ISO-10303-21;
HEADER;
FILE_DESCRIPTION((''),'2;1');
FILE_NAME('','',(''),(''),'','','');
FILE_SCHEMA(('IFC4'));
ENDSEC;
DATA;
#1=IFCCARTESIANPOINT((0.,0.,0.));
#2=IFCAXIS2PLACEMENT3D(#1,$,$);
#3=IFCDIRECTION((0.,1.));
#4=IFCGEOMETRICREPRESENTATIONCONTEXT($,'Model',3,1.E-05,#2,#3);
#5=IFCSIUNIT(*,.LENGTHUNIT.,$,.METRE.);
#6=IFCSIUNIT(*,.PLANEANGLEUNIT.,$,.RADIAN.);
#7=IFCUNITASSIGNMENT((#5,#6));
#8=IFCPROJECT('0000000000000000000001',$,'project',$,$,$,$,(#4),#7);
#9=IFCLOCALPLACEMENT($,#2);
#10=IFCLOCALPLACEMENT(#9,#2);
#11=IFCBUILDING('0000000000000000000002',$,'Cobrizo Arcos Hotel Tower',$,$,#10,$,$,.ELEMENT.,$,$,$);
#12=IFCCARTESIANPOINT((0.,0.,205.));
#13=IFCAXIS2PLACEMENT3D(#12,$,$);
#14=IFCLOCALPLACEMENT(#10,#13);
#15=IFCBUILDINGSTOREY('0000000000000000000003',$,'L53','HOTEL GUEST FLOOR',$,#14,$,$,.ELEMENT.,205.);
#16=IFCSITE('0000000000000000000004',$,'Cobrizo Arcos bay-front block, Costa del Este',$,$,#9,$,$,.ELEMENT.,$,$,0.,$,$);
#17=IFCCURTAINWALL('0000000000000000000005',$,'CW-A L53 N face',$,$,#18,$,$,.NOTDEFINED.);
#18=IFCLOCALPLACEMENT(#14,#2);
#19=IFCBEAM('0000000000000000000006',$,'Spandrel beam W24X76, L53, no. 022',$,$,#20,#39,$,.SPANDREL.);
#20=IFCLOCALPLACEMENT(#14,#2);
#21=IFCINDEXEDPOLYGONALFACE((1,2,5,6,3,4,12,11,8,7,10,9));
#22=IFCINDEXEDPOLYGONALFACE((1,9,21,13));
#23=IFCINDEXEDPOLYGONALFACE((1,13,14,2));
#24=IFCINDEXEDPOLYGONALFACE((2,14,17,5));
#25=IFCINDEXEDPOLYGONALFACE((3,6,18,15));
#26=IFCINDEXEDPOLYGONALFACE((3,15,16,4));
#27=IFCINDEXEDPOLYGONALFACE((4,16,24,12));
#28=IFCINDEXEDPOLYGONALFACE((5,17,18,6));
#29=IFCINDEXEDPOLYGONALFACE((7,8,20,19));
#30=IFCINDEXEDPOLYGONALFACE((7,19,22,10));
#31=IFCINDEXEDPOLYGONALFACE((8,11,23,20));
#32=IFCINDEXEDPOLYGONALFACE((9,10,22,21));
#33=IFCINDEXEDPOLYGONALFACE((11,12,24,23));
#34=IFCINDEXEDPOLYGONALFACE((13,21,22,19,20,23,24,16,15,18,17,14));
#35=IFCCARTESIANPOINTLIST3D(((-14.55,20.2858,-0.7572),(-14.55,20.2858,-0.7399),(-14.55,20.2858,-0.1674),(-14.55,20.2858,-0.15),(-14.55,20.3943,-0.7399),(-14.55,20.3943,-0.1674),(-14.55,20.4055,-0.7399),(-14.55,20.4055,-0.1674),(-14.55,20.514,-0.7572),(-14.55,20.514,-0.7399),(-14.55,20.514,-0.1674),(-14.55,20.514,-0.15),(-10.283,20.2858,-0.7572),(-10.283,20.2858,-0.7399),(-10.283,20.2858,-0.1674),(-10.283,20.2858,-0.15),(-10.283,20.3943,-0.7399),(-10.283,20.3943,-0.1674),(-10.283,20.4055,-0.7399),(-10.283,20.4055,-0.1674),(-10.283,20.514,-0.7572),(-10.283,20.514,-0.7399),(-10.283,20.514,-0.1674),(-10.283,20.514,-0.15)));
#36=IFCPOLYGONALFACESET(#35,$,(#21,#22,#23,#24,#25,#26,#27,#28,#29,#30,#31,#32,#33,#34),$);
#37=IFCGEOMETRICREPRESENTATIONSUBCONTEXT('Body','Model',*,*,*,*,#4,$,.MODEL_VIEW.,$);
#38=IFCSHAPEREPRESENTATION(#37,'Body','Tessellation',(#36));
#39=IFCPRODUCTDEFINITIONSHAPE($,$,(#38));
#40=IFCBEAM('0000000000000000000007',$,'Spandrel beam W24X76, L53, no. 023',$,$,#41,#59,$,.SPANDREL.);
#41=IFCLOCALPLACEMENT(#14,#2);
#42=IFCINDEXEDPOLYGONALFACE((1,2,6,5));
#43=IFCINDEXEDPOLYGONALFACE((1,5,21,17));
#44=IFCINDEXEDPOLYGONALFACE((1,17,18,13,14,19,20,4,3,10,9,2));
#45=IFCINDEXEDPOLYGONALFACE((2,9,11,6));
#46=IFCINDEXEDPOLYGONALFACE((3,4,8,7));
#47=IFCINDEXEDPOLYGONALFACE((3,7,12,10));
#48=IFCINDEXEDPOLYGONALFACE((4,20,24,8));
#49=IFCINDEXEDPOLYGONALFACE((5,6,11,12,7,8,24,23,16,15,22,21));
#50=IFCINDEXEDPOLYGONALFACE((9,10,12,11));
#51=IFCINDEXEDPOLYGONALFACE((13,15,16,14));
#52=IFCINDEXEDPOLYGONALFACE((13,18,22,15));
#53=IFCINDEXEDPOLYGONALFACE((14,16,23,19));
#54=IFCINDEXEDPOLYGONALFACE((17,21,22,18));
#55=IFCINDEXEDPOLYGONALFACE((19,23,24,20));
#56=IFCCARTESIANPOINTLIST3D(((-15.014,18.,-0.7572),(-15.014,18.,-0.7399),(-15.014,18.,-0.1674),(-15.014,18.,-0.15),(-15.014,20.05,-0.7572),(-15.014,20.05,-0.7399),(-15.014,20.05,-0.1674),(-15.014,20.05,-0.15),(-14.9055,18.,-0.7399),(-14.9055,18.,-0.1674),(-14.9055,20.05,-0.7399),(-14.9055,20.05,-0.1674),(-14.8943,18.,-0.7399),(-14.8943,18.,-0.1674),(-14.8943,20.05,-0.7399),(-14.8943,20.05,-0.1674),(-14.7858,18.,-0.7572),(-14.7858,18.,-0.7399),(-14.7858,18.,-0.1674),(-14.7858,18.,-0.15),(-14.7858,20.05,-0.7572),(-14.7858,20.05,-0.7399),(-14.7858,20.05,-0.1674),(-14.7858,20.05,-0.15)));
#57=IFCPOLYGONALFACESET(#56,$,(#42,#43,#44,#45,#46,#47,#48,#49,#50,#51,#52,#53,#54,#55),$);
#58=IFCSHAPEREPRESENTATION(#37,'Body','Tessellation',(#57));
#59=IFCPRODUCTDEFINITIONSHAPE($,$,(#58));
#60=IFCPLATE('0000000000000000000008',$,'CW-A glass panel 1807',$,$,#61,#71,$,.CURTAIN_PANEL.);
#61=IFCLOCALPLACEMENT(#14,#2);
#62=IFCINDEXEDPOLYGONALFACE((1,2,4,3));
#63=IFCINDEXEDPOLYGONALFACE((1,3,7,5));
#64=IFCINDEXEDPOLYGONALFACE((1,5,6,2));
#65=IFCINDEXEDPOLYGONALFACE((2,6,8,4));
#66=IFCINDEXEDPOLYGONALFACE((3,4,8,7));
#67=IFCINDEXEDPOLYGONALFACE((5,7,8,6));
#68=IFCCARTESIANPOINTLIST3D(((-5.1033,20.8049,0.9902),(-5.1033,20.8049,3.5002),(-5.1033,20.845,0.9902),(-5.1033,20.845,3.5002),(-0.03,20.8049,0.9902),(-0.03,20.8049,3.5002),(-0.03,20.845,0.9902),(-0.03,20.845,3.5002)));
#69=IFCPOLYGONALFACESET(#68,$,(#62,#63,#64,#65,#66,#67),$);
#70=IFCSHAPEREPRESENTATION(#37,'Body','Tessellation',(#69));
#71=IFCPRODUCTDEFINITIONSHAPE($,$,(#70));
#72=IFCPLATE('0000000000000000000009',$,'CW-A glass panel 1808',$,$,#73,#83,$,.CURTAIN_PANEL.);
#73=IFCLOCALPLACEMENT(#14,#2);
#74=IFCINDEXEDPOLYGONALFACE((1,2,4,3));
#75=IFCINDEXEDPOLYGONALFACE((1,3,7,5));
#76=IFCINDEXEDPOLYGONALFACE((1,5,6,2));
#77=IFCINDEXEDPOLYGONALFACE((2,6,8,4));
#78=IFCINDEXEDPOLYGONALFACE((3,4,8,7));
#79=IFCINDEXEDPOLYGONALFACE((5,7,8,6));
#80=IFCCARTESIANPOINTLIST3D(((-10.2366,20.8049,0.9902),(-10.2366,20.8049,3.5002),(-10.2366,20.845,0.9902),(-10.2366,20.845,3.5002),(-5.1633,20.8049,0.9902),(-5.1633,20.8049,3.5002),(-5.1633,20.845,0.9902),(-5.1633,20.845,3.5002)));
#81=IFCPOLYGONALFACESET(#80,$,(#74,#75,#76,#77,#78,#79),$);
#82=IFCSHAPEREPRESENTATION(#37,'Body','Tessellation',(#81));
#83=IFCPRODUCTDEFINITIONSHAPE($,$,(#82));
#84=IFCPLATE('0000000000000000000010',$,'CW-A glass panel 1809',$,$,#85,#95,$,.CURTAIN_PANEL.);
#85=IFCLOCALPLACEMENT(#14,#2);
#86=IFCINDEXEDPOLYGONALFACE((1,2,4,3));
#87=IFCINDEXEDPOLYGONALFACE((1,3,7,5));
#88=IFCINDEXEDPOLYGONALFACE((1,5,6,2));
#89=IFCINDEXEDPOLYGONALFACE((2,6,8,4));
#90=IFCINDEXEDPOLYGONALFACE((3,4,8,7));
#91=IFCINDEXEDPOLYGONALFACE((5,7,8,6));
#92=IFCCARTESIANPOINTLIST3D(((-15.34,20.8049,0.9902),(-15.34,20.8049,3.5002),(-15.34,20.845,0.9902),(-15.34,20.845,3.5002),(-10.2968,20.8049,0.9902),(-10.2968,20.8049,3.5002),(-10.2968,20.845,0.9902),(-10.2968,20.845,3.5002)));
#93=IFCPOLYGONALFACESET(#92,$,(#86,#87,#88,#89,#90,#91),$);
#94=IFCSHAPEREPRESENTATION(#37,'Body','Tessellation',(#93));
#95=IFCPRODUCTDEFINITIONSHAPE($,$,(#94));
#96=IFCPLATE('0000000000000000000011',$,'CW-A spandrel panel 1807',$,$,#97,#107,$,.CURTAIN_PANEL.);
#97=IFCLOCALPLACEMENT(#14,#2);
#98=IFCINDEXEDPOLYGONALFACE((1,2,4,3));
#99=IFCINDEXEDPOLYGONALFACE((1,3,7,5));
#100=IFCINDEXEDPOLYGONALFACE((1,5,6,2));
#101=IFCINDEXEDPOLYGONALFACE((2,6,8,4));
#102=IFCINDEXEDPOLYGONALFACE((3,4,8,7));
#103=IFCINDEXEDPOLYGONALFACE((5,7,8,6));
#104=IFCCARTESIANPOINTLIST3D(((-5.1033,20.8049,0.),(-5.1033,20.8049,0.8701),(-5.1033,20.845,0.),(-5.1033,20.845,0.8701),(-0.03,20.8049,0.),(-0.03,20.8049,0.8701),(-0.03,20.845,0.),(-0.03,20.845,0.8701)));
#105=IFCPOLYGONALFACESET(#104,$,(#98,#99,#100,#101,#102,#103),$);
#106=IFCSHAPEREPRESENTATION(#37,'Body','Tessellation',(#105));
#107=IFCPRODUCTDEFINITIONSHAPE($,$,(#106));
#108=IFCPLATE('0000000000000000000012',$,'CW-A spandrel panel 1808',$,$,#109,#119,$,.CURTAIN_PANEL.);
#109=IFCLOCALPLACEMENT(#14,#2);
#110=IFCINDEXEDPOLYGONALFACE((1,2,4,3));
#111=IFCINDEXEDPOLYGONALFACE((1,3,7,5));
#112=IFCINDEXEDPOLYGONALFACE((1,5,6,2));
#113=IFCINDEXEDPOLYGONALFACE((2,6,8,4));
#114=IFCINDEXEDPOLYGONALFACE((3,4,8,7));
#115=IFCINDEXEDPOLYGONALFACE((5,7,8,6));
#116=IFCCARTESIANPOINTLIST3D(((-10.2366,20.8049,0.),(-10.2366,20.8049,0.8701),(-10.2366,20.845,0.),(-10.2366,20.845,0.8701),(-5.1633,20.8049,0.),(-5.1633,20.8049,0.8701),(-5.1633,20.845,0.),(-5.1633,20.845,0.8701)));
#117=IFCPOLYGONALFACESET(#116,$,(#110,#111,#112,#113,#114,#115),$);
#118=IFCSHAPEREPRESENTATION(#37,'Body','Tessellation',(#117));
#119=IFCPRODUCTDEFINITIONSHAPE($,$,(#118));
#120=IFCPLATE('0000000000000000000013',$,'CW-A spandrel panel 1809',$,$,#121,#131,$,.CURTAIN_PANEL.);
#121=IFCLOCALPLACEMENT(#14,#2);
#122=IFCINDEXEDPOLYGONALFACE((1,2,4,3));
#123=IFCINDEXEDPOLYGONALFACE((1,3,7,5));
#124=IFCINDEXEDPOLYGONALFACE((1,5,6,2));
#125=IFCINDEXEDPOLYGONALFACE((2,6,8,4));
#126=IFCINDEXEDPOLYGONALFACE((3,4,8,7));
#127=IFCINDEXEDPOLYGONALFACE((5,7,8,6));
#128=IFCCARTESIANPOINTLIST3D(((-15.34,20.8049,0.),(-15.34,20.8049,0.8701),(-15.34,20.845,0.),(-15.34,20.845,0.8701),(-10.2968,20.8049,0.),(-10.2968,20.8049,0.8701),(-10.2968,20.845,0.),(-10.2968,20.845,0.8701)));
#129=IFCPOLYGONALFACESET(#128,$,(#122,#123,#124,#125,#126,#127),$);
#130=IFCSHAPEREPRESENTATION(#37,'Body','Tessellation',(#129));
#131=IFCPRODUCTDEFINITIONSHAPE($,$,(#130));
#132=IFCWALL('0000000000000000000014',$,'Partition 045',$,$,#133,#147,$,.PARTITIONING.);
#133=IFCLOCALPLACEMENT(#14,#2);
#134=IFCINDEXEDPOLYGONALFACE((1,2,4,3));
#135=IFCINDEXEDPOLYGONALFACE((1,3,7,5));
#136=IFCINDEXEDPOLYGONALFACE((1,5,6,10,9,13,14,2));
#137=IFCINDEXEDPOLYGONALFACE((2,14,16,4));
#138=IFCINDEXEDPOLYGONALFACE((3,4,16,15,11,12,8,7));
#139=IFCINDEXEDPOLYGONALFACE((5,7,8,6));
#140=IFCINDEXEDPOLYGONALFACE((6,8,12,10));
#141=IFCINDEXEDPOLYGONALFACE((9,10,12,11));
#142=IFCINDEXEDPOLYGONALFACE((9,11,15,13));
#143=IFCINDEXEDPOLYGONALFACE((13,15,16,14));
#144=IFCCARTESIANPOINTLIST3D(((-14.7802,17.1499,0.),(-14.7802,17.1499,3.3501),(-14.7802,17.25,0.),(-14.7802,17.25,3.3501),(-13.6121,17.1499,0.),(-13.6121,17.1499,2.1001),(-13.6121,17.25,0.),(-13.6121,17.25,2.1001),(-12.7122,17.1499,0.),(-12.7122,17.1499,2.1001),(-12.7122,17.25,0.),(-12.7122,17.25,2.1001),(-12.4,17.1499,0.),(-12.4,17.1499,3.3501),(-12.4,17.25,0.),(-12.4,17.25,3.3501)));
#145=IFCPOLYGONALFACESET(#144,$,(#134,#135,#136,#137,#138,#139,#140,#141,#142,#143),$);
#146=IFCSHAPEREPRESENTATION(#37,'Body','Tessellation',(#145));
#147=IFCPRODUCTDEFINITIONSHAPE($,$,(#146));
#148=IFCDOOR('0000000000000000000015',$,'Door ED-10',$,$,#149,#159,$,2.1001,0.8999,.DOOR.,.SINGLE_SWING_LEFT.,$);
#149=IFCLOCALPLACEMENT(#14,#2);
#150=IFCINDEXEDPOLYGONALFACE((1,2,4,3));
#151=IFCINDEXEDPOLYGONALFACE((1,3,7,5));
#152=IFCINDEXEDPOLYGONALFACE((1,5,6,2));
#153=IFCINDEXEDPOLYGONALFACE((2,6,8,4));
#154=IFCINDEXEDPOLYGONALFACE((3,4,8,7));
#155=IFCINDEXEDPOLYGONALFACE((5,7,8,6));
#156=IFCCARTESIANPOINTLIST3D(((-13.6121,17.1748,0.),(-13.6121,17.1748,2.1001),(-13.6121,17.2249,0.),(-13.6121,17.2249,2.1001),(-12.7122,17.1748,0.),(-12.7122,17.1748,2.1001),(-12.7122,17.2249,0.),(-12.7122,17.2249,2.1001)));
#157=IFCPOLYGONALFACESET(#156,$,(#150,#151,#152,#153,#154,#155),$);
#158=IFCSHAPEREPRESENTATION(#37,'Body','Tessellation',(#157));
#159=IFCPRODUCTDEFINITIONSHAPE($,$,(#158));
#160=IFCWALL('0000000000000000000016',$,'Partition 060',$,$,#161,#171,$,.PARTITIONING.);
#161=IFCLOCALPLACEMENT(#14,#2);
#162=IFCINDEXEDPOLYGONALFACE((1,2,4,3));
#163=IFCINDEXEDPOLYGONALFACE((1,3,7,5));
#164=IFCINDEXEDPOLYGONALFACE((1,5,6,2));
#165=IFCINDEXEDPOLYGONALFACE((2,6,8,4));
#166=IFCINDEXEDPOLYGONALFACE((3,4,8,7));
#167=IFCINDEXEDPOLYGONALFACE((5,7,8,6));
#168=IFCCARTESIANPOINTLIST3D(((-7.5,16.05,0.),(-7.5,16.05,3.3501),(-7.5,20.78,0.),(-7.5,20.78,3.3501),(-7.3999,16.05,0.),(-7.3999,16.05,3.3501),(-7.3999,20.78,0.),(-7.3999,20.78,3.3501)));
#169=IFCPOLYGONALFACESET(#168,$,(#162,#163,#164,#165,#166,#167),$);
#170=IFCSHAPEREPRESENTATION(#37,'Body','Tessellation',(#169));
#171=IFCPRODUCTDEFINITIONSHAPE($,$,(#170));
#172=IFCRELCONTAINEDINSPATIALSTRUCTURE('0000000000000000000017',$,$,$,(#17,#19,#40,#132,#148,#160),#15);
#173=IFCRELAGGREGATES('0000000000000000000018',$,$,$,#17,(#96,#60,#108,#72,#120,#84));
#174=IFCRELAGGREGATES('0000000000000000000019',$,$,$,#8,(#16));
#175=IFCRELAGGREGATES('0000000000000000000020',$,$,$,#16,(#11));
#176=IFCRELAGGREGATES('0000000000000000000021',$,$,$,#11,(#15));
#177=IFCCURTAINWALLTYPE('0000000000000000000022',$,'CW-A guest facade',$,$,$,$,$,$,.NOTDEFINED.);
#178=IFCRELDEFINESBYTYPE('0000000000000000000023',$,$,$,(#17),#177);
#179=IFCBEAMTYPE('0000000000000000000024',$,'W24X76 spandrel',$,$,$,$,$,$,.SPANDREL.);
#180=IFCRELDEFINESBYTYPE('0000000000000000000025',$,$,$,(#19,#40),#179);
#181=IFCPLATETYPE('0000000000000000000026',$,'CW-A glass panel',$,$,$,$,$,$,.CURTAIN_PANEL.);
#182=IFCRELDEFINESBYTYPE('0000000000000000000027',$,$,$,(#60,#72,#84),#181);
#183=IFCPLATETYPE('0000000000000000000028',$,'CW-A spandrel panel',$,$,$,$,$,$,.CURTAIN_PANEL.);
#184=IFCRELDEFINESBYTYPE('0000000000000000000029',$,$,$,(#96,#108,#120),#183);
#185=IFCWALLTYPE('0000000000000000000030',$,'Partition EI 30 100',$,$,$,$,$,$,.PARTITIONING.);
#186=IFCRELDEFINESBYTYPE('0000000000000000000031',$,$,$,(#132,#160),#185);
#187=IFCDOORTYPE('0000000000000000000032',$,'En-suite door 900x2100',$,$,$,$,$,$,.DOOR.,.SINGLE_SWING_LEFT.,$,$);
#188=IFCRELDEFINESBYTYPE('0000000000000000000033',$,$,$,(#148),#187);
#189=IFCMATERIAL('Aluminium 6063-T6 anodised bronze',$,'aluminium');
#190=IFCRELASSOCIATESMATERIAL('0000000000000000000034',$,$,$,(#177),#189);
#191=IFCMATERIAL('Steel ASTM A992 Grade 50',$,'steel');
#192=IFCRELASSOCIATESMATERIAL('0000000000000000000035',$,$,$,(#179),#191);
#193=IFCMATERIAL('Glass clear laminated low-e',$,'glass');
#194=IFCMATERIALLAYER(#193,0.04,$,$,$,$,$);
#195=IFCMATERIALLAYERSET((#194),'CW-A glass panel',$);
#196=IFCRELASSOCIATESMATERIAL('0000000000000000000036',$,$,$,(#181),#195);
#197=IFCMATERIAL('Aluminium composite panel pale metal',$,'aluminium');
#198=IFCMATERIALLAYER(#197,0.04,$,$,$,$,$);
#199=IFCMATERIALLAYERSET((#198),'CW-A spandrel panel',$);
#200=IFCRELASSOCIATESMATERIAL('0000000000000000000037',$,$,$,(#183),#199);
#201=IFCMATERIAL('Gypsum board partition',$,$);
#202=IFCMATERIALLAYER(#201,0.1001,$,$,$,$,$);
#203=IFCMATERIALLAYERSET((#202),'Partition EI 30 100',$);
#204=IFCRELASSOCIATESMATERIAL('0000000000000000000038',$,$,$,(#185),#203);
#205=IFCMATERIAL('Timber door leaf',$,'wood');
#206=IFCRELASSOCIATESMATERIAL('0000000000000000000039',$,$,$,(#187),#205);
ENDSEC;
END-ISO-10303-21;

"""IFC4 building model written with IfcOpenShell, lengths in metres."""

from ifc_helpers import new_model, si_unit, direction, frame, frame_2d, origin, origin_2d, place, context, subcontext, project, spatial, rectangle, i_section, extrude, material, layer, layer_set, material_profile, profile_set, type_object, element, fill, aggregate, save


model = new_model("IFC4")

# Units and contexts
model_context = context("Model", 3, precision=1e-05, world=origin(), true_north=direction((0.0, 1.0)))
body_context = subcontext(model_context, "Body", "Model", "MODEL_VIEW")
ifc_project = project(units=[si_unit("LENGTHUNIT", "METRE"), si_unit("PLANEANGLEUNIT", "RADIAN")], contexts=[model_context])

# Site, building, storey
site_placement = place(None, origin())
site = spatial("IfcSite", under=ifc_project, at=site_placement, Name="Cobrizo Arcos bay-front block, Costa del Este", CompositionType="ELEMENT", RefElevation=0.0)
building_placement = place(site_placement, origin())
building = spatial("IfcBuilding", under=site, at=building_placement, Name="Cobrizo Arcos Hotel Tower", CompositionType="ELEMENT")
storey_placement = place(building_placement, frame((0.0, 0.0, 205.0)))
storey = spatial("IfcBuildingStorey", under=building, at=storey_placement, Name="L53", Description="HOTEL GUEST FLOOR", CompositionType="ELEMENT", Elevation=205.0)

# Curtain wall
ifc_material_1 = material(Name="Aluminium 6063-T6 anodised bronze", Category="aluminium")
curtain_wall_type = type_object("IfcCurtainWallType", Name="CW-A guest facade", PredefinedType="NOTDEFINED", material=ifc_material_1)
curtain_wall_placement = place(storey_placement, origin())
curtain_wall = element("IfcCurtainWall", 1, at=curtain_wall_placement, inside=storey, type_object=curtain_wall_type, Name="CW-A L53 N face", PredefinedType="NOTDEFINED")

# Beams
ifc_material_2 = material(Name="Steel ASTM A992 Grade 50", Category="steel")
ifc_material_profile_1 = material_profile(ifc_material_2, i_section(OverallWidth=0.2283, OverallDepth=0.6072, WebThickness=0.0112, FlangeThickness=0.0173, at=origin_2d()), Name="W24X76")
ifc_profile_set_1 = profile_set([ifc_material_profile_1], Name="Steel ASTM A992 Grade 50")
beam_type = type_object("IfcBeamType", Name="W24X76 spandrel", PredefinedType="SPANDREL", material=ifc_profile_set_1)
beam_1_placement = place(storey_placement, frame((-10.283, 20.3999, -0.4536), z_axis=(-1.0, 0.0, 0.0), x_axis=(0.0, -1.0, 0.0)))
element("IfcBeam", 2, at=beam_1_placement, inside=storey, type_object=beam_type, Name="Spandrel beam W24X76, L53, no. 022", PredefinedType="SPANDREL", context=body_context, shape_type="SweptSolid", body=[
    extrude(i_section(OverallWidth=0.2283, OverallDepth=0.6072, WebThickness=0.0112, FlangeThickness=0.0173, at=origin_2d()), origin(), (0.0, 0.0, 1.0), 4.2671),
])
beam_2_placement = place(storey_placement, frame((-14.8999, 20.05, -0.4536), z_axis=(0.0, -1.0, 0.0), x_axis=(1.0, 0.0, 0.0)))
element("IfcBeam", 3, at=beam_2_placement, inside=storey, type_object=beam_type, Name="Spandrel beam W24X76, L53, no. 023", PredefinedType="SPANDREL", context=body_context, shape_type="SweptSolid", body=[
    extrude(i_section(OverallWidth=0.2283, OverallDepth=0.6072, WebThickness=0.0112, FlangeThickness=0.0173, at=origin_2d()), origin(), (0.0, 0.0, 1.0), 2.05),
])

# Plates
ifc_material_3 = material(Name="Glass clear laminated low-e", Category="glass")
ifc_layer_1 = layer(ifc_material_3, 0.04)
ifc_layer_set_1 = layer_set([ifc_layer_1], Name="CW-A glass panel")
plate_type_1 = type_object("IfcPlateType", Name="CW-A glass panel", PredefinedType="CURTAIN_PANEL", material=ifc_layer_set_1)
plate_1_placement = place(storey_placement, frame((-2.5667, 20.825, 0.9902), z_axis=(0.0, 0.0, 1.0), x_axis=(-1.0, 0.0, 0.0)))
plate_1 = element("IfcPlate", 4, at=plate_1_placement, type_object=plate_type_1, Name="CW-A glass panel 1807", PredefinedType="CURTAIN_PANEL", context=body_context, shape_type="SweptSolid", body=[
    extrude(rectangle(XDim=5.0732, YDim=0.04, at=origin_2d()), origin(), (0.0, 0.0, 1.0), 2.51),
])
plate_2_placement = place(storey_placement, frame((-7.7, 20.825, 0.9902), z_axis=(0.0, 0.0, 1.0), x_axis=(-1.0, 0.0, 0.0)))
plate_2 = element("IfcPlate", 5, at=plate_2_placement, type_object=plate_type_1, Name="CW-A glass panel 1808", PredefinedType="CURTAIN_PANEL", context=body_context, shape_type="SweptSolid", body=[
    extrude(rectangle(XDim=5.0732, YDim=0.04, at=origin_2d()), origin(), (0.0, 0.0, 1.0), 2.51),
])
plate_3_placement = place(storey_placement, frame((-12.8184, 20.825, 0.9902), z_axis=(0.0, 0.0, 1.0), x_axis=(-1.0, 0.0, 0.0)))
plate_3 = element("IfcPlate", 6, at=plate_3_placement, type_object=plate_type_1, Name="CW-A glass panel 1809", PredefinedType="CURTAIN_PANEL", context=body_context, shape_type="SweptSolid", body=[
    extrude(rectangle(XDim=5.0432, YDim=0.04, at=origin_2d()), origin(), (0.0, 0.0, 1.0), 2.51),
])
ifc_material_4 = material(Name="Aluminium composite panel pale metal", Category="aluminium")
ifc_layer_2 = layer(ifc_material_4, 0.04)
ifc_layer_set_2 = layer_set([ifc_layer_2], Name="CW-A spandrel panel")
plate_type_2 = type_object("IfcPlateType", Name="CW-A spandrel panel", PredefinedType="CURTAIN_PANEL", material=ifc_layer_set_2)
plate_4_placement = place(storey_placement, frame((-2.5667, 20.825, 0.0), z_axis=(0.0, 0.0, 1.0), x_axis=(-1.0, 0.0, 0.0)))
plate_4 = element("IfcPlate", 7, at=plate_4_placement, type_object=plate_type_2, Name="CW-A spandrel panel 1807", PredefinedType="CURTAIN_PANEL", context=body_context, shape_type="SweptSolid", body=[
    extrude(rectangle(XDim=5.0732, YDim=0.04, at=origin_2d()), origin(), (0.0, 0.0, 1.0), 0.8701),
])
plate_5_placement = place(storey_placement, frame((-7.7, 20.825, 0.0), z_axis=(0.0, 0.0, 1.0), x_axis=(-1.0, 0.0, 0.0)))
plate_5 = element("IfcPlate", 8, at=plate_5_placement, type_object=plate_type_2, Name="CW-A spandrel panel 1808", PredefinedType="CURTAIN_PANEL", context=body_context, shape_type="SweptSolid", body=[
    extrude(rectangle(XDim=5.0732, YDim=0.04, at=origin_2d()), origin(), (0.0, 0.0, 1.0), 0.8701),
])
plate_6_placement = place(storey_placement, frame((-12.8184, 20.825, 0.0), z_axis=(0.0, 0.0, 1.0), x_axis=(-1.0, 0.0, 0.0)))
plate_6 = element("IfcPlate", 9, at=plate_6_placement, type_object=plate_type_2, Name="CW-A spandrel panel 1809", PredefinedType="CURTAIN_PANEL", context=body_context, shape_type="SweptSolid", body=[
    extrude(rectangle(XDim=5.0432, YDim=0.04, at=origin_2d()), origin(), (0.0, 0.0, 1.0), 0.8701),
])
aggregate(curtain_wall, [plate_4, plate_1, plate_5, plate_2, plate_6, plate_3])

# Wall, opening, door
ifc_material_5 = material(Name="Gypsum board partition")
ifc_layer_3 = layer(ifc_material_5, 0.1001)
ifc_layer_set_3 = layer_set([ifc_layer_3], Name="Partition EI 30 100")
wall_type = type_object("IfcWallType", Name="Partition EI 30 100", PredefinedType="PARTITIONING", material=ifc_layer_set_3)
wall_1_placement = place(storey_placement, frame((-14.78, 17.2, 0.0), z_axis=(0.0, 0.0, 1.0), x_axis=(1.0, 0.0, 0.0)))
wall_1 = element("IfcWall", 10, at=wall_1_placement, inside=storey, type_object=wall_type, Name="Partition 045", PredefinedType="PARTITIONING", context=body_context, shape_type="SweptSolid", body=[
    extrude(rectangle(XDim=2.3801, YDim=0.1001, at=frame_2d((1.1899, 0.0))), origin(), (0.0, 0.0, 1.0), 3.3501),
])
opening_placement = place(wall_1_placement, frame((1.168, 0.0, 0.0)))
opening = element("IfcOpeningElement", 11, at=opening_placement, cuts=wall_1, PredefinedType="OPENING", context=body_context, shape_type="SweptSolid", body=[
    extrude(rectangle(XDim=0.8999, YDim=2.1001, at=frame_2d((0.45, 1.05))), frame((0.0, 0.062, 0.0), z_axis=(0.0, -1.0, 0.0), x_axis=(1.0, 0.0, 0.0)), (0.0, 0.0, 1.0), 0.124),
])
ifc_material_6 = material(Name="Timber door leaf", Category="wood")
door_type = type_object("IfcDoorType", Name="En-suite door 900x2100", OperationType="SINGLE_SWING_LEFT", PredefinedType="DOOR", material=ifc_material_6)
door_placement = place(opening_placement, origin())
door = element("IfcDoor", 12, at=door_placement, inside=storey, type_object=door_type, Name="Door ED-10", OperationType="SINGLE_SWING_LEFT", OverallHeight=2.1001, OverallWidth=0.8999, PredefinedType="DOOR", context=body_context, shape_type="SweptSolid", body=[
    extrude(rectangle(XDim=0.8999, YDim=2.1001, at=frame_2d((0.45, 1.05))), frame((0.0, 0.0249, 0.0), z_axis=(0.0, -1.0, 0.0), x_axis=(1.0, 0.0, 0.0)), (0.0, 0.0, 1.0), 0.05),
])
fill(opening, door)

# Wall
wall_2_placement = place(storey_placement, frame((-7.45, 16.05, 0.0), z_axis=(0.0, 0.0, 1.0), x_axis=(0.0, 1.0, 0.0)))
element("IfcWall", 13, at=wall_2_placement, inside=storey, type_object=wall_type, Name="Partition 060", PredefinedType="PARTITIONING", context=body_context, shape_type="SweptSolid", body=[
    extrude(rectangle(XDim=4.73, YDim=0.1001, at=frame_2d((2.365, 0.0))), origin(), (0.0, 0.0, 1.0), 3.3501),
])

save(model, "model.ifc")
